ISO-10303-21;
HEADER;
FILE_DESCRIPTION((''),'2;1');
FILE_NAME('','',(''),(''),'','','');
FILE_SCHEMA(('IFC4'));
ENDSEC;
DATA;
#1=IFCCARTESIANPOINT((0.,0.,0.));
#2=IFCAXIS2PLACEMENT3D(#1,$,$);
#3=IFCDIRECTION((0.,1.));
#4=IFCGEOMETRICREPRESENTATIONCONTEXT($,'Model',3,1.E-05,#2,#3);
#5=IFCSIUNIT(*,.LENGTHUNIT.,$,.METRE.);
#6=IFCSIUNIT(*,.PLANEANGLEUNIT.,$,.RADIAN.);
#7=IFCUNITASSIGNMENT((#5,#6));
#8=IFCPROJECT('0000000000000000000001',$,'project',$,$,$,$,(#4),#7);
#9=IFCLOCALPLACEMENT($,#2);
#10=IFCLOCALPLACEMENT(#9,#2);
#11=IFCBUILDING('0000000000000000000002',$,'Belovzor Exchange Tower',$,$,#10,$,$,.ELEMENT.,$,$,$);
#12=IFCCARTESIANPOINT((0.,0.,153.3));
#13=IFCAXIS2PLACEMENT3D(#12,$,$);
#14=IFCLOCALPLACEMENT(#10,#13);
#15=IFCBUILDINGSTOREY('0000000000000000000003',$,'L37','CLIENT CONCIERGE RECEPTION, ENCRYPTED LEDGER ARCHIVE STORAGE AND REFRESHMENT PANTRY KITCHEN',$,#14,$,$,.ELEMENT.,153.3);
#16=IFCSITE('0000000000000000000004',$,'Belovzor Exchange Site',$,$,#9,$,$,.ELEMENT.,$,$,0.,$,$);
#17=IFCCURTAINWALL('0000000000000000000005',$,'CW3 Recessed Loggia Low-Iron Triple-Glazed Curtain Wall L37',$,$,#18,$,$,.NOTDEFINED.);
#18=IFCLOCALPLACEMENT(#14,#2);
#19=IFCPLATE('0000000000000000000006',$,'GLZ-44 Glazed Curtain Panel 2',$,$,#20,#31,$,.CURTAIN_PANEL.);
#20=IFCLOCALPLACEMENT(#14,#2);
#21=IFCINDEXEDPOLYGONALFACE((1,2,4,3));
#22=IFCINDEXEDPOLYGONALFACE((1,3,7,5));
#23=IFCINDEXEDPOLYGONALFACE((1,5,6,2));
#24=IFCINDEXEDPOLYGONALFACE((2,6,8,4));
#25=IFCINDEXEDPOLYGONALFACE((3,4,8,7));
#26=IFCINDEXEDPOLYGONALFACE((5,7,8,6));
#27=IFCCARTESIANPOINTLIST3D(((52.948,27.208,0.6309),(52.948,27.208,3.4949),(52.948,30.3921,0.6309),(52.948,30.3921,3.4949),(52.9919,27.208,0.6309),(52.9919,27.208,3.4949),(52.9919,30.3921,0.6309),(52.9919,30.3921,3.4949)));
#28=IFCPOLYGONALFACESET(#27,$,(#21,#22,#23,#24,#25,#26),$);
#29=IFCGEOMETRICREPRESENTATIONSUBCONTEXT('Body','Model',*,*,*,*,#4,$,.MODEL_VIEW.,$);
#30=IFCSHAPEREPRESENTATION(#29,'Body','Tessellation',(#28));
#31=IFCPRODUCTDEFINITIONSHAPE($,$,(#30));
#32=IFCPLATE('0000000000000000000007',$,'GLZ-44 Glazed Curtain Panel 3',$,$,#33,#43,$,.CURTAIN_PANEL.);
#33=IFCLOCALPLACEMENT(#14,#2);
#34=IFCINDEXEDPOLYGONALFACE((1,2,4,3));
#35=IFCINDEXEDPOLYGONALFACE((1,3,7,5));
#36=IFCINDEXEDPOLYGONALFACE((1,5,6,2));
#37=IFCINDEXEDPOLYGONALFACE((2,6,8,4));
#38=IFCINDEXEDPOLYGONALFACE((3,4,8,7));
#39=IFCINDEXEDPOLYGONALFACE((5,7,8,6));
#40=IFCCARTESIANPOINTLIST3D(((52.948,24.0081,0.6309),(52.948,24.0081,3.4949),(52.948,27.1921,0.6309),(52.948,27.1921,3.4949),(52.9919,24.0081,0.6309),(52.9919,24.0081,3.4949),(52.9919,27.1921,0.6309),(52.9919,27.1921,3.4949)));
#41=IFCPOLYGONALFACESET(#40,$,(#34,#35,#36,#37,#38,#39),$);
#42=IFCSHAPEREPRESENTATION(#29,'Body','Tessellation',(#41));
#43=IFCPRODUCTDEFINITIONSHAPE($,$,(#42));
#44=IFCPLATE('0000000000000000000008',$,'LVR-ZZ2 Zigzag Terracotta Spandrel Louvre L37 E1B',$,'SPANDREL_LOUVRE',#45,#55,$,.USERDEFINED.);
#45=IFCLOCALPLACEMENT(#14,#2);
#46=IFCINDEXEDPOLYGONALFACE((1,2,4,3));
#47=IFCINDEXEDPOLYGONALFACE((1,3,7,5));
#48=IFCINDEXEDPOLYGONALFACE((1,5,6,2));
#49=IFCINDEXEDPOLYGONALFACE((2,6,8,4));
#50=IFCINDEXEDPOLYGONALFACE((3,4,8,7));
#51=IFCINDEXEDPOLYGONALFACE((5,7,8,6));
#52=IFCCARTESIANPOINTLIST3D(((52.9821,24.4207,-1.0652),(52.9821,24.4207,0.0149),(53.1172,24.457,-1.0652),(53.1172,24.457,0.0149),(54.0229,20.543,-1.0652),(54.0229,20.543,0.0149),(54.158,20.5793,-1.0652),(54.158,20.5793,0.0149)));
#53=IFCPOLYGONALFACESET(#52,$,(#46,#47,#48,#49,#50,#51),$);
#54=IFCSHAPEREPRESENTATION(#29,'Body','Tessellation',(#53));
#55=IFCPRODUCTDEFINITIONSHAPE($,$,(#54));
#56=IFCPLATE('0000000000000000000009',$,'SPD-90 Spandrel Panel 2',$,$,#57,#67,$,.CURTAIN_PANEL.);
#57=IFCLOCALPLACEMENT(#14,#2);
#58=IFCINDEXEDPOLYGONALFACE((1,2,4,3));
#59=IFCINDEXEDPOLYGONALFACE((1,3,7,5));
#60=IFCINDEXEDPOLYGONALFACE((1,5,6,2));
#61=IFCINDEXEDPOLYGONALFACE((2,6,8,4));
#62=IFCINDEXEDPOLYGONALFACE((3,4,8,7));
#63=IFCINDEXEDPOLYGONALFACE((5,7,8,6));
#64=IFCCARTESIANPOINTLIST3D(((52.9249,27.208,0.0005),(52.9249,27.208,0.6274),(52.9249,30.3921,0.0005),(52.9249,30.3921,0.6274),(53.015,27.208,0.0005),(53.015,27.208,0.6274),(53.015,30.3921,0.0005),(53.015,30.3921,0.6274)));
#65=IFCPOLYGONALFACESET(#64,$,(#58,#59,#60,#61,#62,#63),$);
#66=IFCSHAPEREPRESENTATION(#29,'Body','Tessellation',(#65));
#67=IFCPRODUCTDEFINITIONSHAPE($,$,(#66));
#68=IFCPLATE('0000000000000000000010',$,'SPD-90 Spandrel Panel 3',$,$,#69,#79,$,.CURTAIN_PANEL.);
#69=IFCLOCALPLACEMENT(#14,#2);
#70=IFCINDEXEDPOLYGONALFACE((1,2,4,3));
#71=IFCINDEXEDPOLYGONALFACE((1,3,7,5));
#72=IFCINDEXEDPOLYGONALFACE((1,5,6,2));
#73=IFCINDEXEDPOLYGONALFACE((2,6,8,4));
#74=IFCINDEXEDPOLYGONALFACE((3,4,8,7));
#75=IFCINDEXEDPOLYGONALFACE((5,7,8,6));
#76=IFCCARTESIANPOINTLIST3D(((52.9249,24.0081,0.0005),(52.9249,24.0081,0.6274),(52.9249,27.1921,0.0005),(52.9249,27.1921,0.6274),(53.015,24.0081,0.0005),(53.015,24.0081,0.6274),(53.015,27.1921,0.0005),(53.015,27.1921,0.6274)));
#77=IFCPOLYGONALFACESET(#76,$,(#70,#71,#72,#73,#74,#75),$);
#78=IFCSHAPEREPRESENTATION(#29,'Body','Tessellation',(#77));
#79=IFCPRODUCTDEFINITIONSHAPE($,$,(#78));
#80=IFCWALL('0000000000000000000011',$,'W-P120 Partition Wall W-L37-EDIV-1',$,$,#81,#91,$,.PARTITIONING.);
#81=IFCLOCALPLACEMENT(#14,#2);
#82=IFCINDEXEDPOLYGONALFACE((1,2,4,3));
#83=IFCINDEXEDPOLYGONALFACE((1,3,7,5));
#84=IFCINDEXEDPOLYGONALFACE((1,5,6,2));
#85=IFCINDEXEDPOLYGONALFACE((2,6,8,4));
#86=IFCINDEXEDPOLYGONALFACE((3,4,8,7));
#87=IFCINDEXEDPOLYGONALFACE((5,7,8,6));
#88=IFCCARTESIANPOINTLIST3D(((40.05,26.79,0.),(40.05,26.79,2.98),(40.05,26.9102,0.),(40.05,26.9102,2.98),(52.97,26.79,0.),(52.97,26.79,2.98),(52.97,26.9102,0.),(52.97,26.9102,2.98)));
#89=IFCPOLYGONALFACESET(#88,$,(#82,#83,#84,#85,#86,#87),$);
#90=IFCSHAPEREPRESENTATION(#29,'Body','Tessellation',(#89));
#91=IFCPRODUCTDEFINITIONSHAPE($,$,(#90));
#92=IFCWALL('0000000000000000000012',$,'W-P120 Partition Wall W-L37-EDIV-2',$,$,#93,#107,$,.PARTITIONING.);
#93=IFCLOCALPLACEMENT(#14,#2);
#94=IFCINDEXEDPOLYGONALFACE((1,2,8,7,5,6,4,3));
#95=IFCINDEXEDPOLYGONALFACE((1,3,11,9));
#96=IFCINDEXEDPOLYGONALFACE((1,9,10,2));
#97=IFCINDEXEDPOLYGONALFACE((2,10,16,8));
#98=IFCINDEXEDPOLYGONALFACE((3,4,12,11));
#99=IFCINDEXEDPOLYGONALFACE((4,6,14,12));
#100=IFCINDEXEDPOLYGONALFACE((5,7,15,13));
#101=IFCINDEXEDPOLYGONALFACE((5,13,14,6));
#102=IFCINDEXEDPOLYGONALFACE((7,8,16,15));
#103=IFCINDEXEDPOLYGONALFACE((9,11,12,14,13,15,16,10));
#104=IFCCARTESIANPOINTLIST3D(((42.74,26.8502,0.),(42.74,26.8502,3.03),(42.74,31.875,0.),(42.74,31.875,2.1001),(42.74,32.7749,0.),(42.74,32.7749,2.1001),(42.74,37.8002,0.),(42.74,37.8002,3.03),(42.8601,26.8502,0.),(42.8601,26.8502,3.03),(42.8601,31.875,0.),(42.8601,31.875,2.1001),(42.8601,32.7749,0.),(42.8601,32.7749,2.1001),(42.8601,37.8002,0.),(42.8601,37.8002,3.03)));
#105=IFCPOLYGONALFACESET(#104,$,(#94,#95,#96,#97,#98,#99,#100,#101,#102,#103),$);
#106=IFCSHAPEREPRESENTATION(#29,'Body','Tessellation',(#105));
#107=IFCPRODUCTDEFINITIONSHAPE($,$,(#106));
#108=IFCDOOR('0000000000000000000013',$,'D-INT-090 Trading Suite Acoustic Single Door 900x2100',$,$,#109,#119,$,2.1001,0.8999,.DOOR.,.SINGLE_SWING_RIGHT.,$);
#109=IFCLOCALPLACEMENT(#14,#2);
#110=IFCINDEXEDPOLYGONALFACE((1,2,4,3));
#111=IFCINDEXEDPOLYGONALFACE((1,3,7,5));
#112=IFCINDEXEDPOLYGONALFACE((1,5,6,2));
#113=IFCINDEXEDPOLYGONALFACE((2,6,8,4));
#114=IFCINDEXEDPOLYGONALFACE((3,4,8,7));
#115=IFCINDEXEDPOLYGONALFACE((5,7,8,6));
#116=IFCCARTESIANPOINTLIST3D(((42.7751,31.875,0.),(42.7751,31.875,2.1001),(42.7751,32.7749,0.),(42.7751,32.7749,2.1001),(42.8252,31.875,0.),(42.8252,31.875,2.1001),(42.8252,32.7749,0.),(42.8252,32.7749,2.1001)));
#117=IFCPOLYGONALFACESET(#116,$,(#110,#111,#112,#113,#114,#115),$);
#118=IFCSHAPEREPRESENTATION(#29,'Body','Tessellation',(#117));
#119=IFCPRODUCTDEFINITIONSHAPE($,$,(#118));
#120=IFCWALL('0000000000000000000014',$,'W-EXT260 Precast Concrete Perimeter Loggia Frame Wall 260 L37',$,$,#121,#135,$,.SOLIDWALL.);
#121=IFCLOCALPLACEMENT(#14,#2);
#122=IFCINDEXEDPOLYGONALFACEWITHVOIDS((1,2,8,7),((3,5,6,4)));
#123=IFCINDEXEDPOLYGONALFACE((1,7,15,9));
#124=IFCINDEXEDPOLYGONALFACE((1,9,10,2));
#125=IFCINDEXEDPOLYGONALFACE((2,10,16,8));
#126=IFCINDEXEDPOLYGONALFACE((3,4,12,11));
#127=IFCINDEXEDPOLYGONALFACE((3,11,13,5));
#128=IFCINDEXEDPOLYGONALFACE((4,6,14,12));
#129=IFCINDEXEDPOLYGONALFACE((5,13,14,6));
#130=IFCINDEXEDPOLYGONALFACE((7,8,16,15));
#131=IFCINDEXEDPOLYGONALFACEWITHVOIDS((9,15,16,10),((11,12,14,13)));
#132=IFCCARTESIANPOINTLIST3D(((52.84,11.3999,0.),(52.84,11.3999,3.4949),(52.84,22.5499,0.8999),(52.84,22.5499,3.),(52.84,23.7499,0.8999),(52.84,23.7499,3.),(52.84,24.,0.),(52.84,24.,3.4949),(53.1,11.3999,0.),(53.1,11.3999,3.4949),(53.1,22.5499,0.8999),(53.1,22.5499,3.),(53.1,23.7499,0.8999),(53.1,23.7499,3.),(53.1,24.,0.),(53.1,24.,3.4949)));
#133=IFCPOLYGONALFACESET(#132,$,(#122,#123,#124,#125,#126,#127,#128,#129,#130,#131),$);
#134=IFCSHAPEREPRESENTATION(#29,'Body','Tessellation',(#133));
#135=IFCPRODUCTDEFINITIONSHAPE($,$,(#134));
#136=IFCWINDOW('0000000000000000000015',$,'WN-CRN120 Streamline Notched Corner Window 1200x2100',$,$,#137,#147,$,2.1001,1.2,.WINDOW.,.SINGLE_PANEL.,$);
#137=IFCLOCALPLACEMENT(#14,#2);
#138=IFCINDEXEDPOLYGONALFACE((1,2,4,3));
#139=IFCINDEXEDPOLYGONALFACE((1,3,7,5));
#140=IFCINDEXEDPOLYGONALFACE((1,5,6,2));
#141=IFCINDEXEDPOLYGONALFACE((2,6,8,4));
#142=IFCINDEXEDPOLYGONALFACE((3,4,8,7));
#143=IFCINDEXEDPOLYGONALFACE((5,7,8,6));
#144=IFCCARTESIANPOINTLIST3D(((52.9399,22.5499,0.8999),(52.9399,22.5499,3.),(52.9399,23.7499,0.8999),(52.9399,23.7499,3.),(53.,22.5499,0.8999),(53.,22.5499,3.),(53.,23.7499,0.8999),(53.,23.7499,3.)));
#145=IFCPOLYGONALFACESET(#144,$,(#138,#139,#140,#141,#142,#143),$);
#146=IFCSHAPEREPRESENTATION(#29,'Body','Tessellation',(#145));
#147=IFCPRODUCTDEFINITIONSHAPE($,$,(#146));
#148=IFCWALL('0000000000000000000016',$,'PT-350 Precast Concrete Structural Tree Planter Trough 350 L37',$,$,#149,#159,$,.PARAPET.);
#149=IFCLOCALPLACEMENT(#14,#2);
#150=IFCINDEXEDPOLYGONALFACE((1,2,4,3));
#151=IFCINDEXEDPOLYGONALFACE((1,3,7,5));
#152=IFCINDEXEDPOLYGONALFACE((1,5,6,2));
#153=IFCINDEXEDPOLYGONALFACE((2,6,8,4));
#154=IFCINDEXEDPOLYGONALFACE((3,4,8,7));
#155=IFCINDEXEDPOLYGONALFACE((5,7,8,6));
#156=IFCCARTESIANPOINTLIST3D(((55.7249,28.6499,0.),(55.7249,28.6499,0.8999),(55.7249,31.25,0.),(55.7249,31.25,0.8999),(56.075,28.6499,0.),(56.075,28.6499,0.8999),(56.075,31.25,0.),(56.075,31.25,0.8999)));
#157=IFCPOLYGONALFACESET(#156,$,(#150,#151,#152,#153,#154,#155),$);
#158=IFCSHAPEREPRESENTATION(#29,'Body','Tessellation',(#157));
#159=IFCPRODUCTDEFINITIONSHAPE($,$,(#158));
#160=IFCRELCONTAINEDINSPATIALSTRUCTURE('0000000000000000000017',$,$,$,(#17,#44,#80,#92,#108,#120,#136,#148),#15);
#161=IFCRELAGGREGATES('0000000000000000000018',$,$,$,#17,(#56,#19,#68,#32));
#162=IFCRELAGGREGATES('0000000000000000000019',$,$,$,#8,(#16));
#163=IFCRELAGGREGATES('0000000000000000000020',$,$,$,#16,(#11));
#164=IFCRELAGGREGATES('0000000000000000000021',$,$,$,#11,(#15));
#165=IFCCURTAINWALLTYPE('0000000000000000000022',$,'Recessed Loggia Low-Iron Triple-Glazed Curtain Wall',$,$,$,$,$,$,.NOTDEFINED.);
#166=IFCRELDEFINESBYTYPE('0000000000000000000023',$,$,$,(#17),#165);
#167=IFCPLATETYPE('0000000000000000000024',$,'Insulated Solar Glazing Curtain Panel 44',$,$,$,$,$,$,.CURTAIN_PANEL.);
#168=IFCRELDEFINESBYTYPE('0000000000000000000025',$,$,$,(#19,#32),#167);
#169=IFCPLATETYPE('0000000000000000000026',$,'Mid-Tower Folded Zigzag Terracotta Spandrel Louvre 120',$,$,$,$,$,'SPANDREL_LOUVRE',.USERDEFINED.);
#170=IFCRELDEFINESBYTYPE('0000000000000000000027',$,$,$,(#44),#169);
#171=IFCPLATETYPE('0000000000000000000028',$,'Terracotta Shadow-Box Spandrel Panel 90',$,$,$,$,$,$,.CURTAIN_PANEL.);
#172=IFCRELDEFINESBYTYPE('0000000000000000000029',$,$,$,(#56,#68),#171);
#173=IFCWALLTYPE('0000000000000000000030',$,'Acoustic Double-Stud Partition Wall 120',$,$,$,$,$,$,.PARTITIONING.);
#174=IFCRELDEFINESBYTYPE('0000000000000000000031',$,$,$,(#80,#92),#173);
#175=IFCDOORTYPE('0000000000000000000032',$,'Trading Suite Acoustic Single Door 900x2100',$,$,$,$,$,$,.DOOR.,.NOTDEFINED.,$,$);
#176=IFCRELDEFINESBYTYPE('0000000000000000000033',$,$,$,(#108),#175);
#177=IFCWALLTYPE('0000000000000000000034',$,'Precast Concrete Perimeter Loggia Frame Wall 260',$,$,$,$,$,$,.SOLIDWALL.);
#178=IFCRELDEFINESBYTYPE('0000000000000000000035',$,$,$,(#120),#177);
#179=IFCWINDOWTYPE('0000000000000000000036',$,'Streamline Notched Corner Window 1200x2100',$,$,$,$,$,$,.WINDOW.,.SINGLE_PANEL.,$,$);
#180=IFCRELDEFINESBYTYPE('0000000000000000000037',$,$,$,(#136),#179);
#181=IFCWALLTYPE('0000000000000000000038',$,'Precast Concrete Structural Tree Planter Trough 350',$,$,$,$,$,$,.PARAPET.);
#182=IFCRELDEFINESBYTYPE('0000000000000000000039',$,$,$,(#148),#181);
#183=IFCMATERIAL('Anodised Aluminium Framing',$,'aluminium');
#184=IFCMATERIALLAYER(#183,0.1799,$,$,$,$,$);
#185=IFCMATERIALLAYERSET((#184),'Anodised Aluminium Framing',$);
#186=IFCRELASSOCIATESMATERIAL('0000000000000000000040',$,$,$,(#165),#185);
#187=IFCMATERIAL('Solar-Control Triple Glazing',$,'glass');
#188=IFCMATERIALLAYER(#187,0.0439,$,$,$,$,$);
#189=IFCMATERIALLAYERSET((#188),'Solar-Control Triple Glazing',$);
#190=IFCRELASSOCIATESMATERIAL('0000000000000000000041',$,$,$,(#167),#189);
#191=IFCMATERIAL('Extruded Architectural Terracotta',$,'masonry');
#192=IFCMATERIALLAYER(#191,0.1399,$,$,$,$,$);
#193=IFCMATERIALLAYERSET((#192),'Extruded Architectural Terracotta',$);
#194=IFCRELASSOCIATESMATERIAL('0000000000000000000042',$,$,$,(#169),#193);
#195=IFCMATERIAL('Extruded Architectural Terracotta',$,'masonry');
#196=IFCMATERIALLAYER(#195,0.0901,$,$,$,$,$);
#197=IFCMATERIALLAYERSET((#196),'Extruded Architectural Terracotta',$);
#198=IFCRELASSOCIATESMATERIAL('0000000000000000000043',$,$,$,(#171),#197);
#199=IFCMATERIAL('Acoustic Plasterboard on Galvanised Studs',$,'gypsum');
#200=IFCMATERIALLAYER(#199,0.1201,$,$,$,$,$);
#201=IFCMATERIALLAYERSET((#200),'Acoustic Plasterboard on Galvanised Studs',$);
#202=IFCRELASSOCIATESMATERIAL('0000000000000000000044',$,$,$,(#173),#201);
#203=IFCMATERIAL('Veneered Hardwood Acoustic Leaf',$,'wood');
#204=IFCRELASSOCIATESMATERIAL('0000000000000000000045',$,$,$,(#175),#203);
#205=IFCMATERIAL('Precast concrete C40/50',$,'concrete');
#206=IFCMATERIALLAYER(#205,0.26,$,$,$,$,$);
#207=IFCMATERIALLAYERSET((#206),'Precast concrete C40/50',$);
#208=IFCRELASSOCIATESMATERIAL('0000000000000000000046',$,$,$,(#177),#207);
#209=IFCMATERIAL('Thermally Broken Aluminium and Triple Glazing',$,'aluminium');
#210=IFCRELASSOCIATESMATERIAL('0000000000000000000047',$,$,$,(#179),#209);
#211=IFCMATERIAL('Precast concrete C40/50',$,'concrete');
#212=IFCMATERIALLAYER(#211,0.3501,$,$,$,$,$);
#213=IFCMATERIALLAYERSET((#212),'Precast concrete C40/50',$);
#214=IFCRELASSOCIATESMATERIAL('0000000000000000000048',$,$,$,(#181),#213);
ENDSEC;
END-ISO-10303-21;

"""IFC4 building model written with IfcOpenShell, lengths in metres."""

from ifc_helpers import new_model, si_unit, direction, frame, frame_2d, origin, origin_2d, place, context, subcontext, project, spatial, rectangle, extrude, material, layer, layer_set, type_object, element, fill, aggregate, save


model = new_model("IFC4")

# Units and contexts
model_context = context("Model", 3, precision=1e-05, world=origin(), true_north=direction((0.0, 1.0)))
body_context = subcontext(model_context, "Body", "Model", "MODEL_VIEW")
ifc_project = project(units=[si_unit("LENGTHUNIT", "METRE"), si_unit("PLANEANGLEUNIT", "RADIAN")], contexts=[model_context])

# Site, building, storey
site_placement = place(None, origin())
site = spatial("IfcSite", under=ifc_project, at=site_placement, Name="Belovzor Exchange Site", CompositionType="ELEMENT", RefElevation=0.0)
building_placement = place(site_placement, origin())
building = spatial("IfcBuilding", under=site, at=building_placement, Name="Belovzor Exchange Tower", CompositionType="ELEMENT")
storey_placement = place(building_placement, frame((0.0, 0.0, 153.3)))
storey = spatial("IfcBuildingStorey", under=building, at=storey_placement, Name="L37", Description="CLIENT CONCIERGE RECEPTION, ENCRYPTED LEDGER ARCHIVE STORAGE AND REFRESHMENT PANTRY KITCHEN", CompositionType="ELEMENT", Elevation=153.3)

# Curtain wall, plates
ifc_material_1 = material(Name="Anodised Aluminium Framing", Category="aluminium")
ifc_layer_1 = layer(ifc_material_1, 0.1799)
ifc_layer_set_1 = layer_set([ifc_layer_1], Name="Anodised Aluminium Framing")
curtain_wall_type = type_object("IfcCurtainWallType", Name="Recessed Loggia Low-Iron Triple-Glazed Curtain Wall", PredefinedType="NOTDEFINED", material=ifc_layer_set_1)
curtain_wall_placement = place(storey_placement, origin())
curtain_wall = element("IfcCurtainWall", 1, at=curtain_wall_placement, inside=storey, type_object=curtain_wall_type, Name="CW3 Recessed Loggia Low-Iron Triple-Glazed Curtain Wall L37", PredefinedType="NOTDEFINED")
ifc_material_2 = material(Name="Solar-Control Triple Glazing", Category="glass")
ifc_layer_2 = layer(ifc_material_2, 0.0439)
ifc_layer_set_2 = layer_set([ifc_layer_2], Name="Solar-Control Triple Glazing")
plate_type_1 = type_object("IfcPlateType", Name="Insulated Solar Glazing Curtain Panel 44", PredefinedType="CURTAIN_PANEL", material=ifc_layer_set_2)
plate_1_placement = place(storey_placement, frame((52.97, 28.8, 0.6309), z_axis=(0.0, 0.0, 1.0), x_axis=(0.0, -1.0, 0.0)))
plate_1 = element("IfcPlate", 2, at=plate_1_placement, type_object=plate_type_1, Name="GLZ-44 Glazed Curtain Panel 2", PredefinedType="CURTAIN_PANEL", context=body_context, shape_type="SweptSolid", body=[
    extrude(rectangle(XDim=3.1841, YDim=0.0439, at=origin_2d()), origin(), (0.0, 0.0, 1.0), 2.864),
])
plate_2_placement = place(storey_placement, frame((52.97, 25.6001, 0.6309), z_axis=(0.0, 0.0, 1.0), x_axis=(0.0, -1.0, 0.0)))
plate_2 = element("IfcPlate", 3, at=plate_2_placement, type_object=plate_type_1, Name="GLZ-44 Glazed Curtain Panel 3", PredefinedType="CURTAIN_PANEL", context=body_context, shape_type="SweptSolid", body=[
    extrude(rectangle(XDim=3.1841, YDim=0.0439, at=origin_2d()), origin(), (0.0, 0.0, 1.0), 2.864),
])

# Plates
ifc_material_3 = material(Name="Extruded Architectural Terracotta", Category="masonry")
ifc_layer_3 = layer(ifc_material_3, 0.1399)
ifc_layer_set_3 = layer_set([ifc_layer_3], Name="Extruded Architectural Terracotta")
plate_type_2 = type_object("IfcPlateType", Name="Mid-Tower Folded Zigzag Terracotta Spandrel Louvre 120", ElementType="SPANDREL_LOUVRE", PredefinedType="USERDEFINED", material=ifc_layer_set_3)
plate_3_placement = place(storey_placement, frame((53.5701, 22.5, -1.0652), z_axis=(0.0, 0.0, 1.0), x_axis=(-0.25924, 0.965813, 0.0)))
element("IfcPlate", 4, at=plate_3_placement, inside=storey, type_object=plate_type_2, Name="LVR-ZZ2 Zigzag Terracotta Spandrel Louvre L37 E1B", ObjectType="SPANDREL_LOUVRE", PredefinedType="USERDEFINED", context=body_context, shape_type="SweptSolid", body=[
    extrude(rectangle(XDim=4.0149, YDim=0.1399, at=origin_2d()), origin(), (0.0, 0.0, 1.0), 1.0801),
])
ifc_material_4 = material(Name="Extruded Architectural Terracotta", Category="masonry")
ifc_layer_4 = layer(ifc_material_4, 0.0901)
ifc_layer_set_4 = layer_set([ifc_layer_4], Name="Extruded Architectural Terracotta")
plate_type_3 = type_object("IfcPlateType", Name="Terracotta Shadow-Box Spandrel Panel 90", PredefinedType="CURTAIN_PANEL", material=ifc_layer_set_4)
plate_4_placement = place(storey_placement, frame((52.97, 28.8, 0.0005), z_axis=(0.0, 0.0, 1.0), x_axis=(0.0, -1.0, 0.0)))
plate_4 = element("IfcPlate", 5, at=plate_4_placement, type_object=plate_type_3, Name="SPD-90 Spandrel Panel 2", PredefinedType="CURTAIN_PANEL", context=body_context, shape_type="SweptSolid", body=[
    extrude(rectangle(XDim=3.1841, YDim=0.0901, at=origin_2d()), origin(), (0.0, 0.0, 1.0), 0.627),
])
plate_5_placement = place(storey_placement, frame((52.97, 25.6001, 0.0005), z_axis=(0.0, 0.0, 1.0), x_axis=(0.0, -1.0, 0.0)))
plate_5 = element("IfcPlate", 6, at=plate_5_placement, type_object=plate_type_3, Name="SPD-90 Spandrel Panel 3", PredefinedType="CURTAIN_PANEL", context=body_context, shape_type="SweptSolid", body=[
    extrude(rectangle(XDim=3.1841, YDim=0.0901, at=origin_2d()), origin(), (0.0, 0.0, 1.0), 0.627),
])
aggregate(curtain_wall, [plate_4, plate_1, plate_5, plate_2])

# Wall
ifc_material_5 = material(Name="Acoustic Plasterboard on Galvanised Studs", Category="gypsum")
ifc_layer_5 = layer(ifc_material_5, 0.1201)
ifc_layer_set_5 = layer_set([ifc_layer_5], Name="Acoustic Plasterboard on Galvanised Studs")
wall_type_1 = type_object("IfcWallType", Name="Acoustic Double-Stud Partition Wall 120", PredefinedType="PARTITIONING", material=ifc_layer_set_5)
wall_1_placement = place(storey_placement, frame((40.05, 26.8501, 0.0), z_axis=(0.0, 0.0, 1.0), x_axis=(1.0, 0.0, 0.0)))
element("IfcWall", 7, at=wall_1_placement, inside=storey, type_object=wall_type_1, Name="W-P120 Partition Wall W-L37-EDIV-1", PredefinedType="PARTITIONING", context=body_context, shape_type="SweptSolid", body=[
    extrude(rectangle(XDim=12.9199, YDim=0.1201, at=frame_2d((6.46, 0.0))), origin(), (0.0, 0.0, 1.0), 2.98),
])

# Wall, opening, door
wall_2_placement = place(storey_placement, frame((42.8, 26.8501, 0.0), z_axis=(0.0, 0.0, 1.0), x_axis=(0.0, 1.0, 0.0)))
wall_2 = element("IfcWall", 8, at=wall_2_placement, inside=storey, type_object=wall_type_1, Name="W-P120 Partition Wall W-L37-EDIV-2", PredefinedType="PARTITIONING", context=body_context, shape_type="SweptSolid", body=[
    extrude(rectangle(XDim=10.95, YDim=0.1201, at=frame_2d((5.4751, 0.0))), origin(), (0.0, 0.0, 1.0), 3.03),
])
opening_1_placement = place(wall_2_placement, frame((5.0249, 0.0, 0.0)))
opening_1 = element("IfcOpeningElement", 9, at=opening_1_placement, cuts=wall_2, PredefinedType="OPENING", context=body_context, shape_type="SweptSolid", body=[
    extrude(rectangle(XDim=0.8999, YDim=2.1001, at=frame_2d((0.45, 1.05))), frame((0.0, 0.0701, 0.0), z_axis=(0.0, -1.0, 0.0), x_axis=(1.0, 0.0, 0.0)), (0.0, 0.0, 1.0), 0.1401),
])
ifc_material_6 = material(Name="Veneered Hardwood Acoustic Leaf", Category="wood")
door_type = type_object("IfcDoorType", Name="Trading Suite Acoustic Single Door 900x2100", OperationType="NOTDEFINED", PredefinedType="DOOR", material=ifc_material_6)
door_placement = place(opening_1_placement, origin())
door = element("IfcDoor", 10, at=door_placement, inside=storey, type_object=door_type, Name="D-INT-090 Trading Suite Acoustic Single Door 900x2100", OperationType="SINGLE_SWING_RIGHT", OverallHeight=2.1001, OverallWidth=0.8999, PredefinedType="DOOR", context=body_context, shape_type="SweptSolid", body=[
    extrude(rectangle(XDim=0.8999, YDim=2.1001, at=frame_2d((0.45, 1.05))), frame((0.0, 0.0249, 0.0), z_axis=(0.0, -1.0, 0.0), x_axis=(1.0, 0.0, 0.0)), (0.0, 0.0, 1.0), 0.05),
])
fill(opening_1, door)

# Wall, opening, window
ifc_material_7 = material(Name="Precast concrete C40/50", Category="concrete")
ifc_layer_6 = layer(ifc_material_7, 0.26)
ifc_layer_set_6 = layer_set([ifc_layer_6], Name="Precast concrete C40/50")
wall_type_2 = type_object("IfcWallType", Name="Precast Concrete Perimeter Loggia Frame Wall 260", PredefinedType="SOLIDWALL", material=ifc_layer_set_6)
wall_3_placement = place(storey_placement, frame((52.97, 24.0, 0.0), z_axis=(0.0, 0.0, 1.0), x_axis=(0.0, -1.0, 0.0)))
wall_3 = element("IfcWall", 11, at=wall_3_placement, inside=storey, type_object=wall_type_2, Name="W-EXT260 Precast Concrete Perimeter Loggia Frame Wall 260 L37", PredefinedType="SOLIDWALL", context=body_context, shape_type="SweptSolid", body=[
    extrude(rectangle(XDim=12.6001, YDim=0.26, at=frame_2d((6.3, 0.0))), origin(), (0.0, 0.0, 1.0), 3.4949),
])
opening_2_placement = place(wall_3_placement, frame((0.25, 0.0, 0.8999)))
opening_2 = element("IfcOpeningElement", 12, at=opening_2_placement, cuts=wall_3, PredefinedType="OPENING", context=body_context, shape_type="SweptSolid", body=[
    extrude(rectangle(XDim=1.2, YDim=2.1001, at=frame_2d((0.6001, 1.05))), frame((0.0, 0.1399, 0.0), z_axis=(0.0, -1.0, 0.0), x_axis=(1.0, 0.0, 0.0)), (0.0, 0.0, 1.0), 0.28),
])
ifc_material_8 = material(Name="Thermally Broken Aluminium and Triple Glazing", Category="aluminium")
window_type = type_object("IfcWindowType", Name="Streamline Notched Corner Window 1200x2100", PartitioningType="SINGLE_PANEL", PredefinedType="WINDOW", material=ifc_material_8)
window_placement = place(opening_2_placement, origin())
window = element("IfcWindow", 13, at=window_placement, inside=storey, type_object=window_type, Name="WN-CRN120 Streamline Notched Corner Window 1200x2100", OverallHeight=2.1001, OverallWidth=1.2, PartitioningType="SINGLE_PANEL", PredefinedType="WINDOW", context=body_context, shape_type="SweptSolid", body=[
    extrude(rectangle(XDim=1.2, YDim=2.1001, at=frame_2d((0.6001, 1.05))), frame((0.0, 0.03, 0.0), z_axis=(0.0, -1.0, 0.0), x_axis=(1.0, 0.0, 0.0)), (0.0, 0.0, 1.0), 0.0601),
])
fill(opening_2, window)

# Wall
ifc_material_9 = material(Name="Precast concrete C40/50", Category="concrete")
ifc_layer_7 = layer(ifc_material_9, 0.3501)
ifc_layer_set_7 = layer_set([ifc_layer_7], Name="Precast concrete C40/50")
wall_type_3 = type_object("IfcWallType", Name="Precast Concrete Structural Tree Planter Trough 350", PredefinedType="PARAPET", material=ifc_layer_set_7)
wall_4_placement = place(storey_placement, frame((55.8999, 28.6499, 0.0), z_axis=(0.0, 0.0, 1.0), x_axis=(0.0, 1.0, 0.0)))
element("IfcWall", 14, at=wall_4_placement, inside=storey, type_object=wall_type_3, Name="PT-350 Precast Concrete Structural Tree Planter Trough 350 L37", PredefinedType="PARAPET", context=body_context, shape_type="SweptSolid", body=[
    extrude(rectangle(XDim=2.6001, YDim=0.3501, at=frame_2d((1.3, 0.0))), origin(), (0.0, 0.0, 1.0), 0.8999),
])

save(model, "model.ifc")
